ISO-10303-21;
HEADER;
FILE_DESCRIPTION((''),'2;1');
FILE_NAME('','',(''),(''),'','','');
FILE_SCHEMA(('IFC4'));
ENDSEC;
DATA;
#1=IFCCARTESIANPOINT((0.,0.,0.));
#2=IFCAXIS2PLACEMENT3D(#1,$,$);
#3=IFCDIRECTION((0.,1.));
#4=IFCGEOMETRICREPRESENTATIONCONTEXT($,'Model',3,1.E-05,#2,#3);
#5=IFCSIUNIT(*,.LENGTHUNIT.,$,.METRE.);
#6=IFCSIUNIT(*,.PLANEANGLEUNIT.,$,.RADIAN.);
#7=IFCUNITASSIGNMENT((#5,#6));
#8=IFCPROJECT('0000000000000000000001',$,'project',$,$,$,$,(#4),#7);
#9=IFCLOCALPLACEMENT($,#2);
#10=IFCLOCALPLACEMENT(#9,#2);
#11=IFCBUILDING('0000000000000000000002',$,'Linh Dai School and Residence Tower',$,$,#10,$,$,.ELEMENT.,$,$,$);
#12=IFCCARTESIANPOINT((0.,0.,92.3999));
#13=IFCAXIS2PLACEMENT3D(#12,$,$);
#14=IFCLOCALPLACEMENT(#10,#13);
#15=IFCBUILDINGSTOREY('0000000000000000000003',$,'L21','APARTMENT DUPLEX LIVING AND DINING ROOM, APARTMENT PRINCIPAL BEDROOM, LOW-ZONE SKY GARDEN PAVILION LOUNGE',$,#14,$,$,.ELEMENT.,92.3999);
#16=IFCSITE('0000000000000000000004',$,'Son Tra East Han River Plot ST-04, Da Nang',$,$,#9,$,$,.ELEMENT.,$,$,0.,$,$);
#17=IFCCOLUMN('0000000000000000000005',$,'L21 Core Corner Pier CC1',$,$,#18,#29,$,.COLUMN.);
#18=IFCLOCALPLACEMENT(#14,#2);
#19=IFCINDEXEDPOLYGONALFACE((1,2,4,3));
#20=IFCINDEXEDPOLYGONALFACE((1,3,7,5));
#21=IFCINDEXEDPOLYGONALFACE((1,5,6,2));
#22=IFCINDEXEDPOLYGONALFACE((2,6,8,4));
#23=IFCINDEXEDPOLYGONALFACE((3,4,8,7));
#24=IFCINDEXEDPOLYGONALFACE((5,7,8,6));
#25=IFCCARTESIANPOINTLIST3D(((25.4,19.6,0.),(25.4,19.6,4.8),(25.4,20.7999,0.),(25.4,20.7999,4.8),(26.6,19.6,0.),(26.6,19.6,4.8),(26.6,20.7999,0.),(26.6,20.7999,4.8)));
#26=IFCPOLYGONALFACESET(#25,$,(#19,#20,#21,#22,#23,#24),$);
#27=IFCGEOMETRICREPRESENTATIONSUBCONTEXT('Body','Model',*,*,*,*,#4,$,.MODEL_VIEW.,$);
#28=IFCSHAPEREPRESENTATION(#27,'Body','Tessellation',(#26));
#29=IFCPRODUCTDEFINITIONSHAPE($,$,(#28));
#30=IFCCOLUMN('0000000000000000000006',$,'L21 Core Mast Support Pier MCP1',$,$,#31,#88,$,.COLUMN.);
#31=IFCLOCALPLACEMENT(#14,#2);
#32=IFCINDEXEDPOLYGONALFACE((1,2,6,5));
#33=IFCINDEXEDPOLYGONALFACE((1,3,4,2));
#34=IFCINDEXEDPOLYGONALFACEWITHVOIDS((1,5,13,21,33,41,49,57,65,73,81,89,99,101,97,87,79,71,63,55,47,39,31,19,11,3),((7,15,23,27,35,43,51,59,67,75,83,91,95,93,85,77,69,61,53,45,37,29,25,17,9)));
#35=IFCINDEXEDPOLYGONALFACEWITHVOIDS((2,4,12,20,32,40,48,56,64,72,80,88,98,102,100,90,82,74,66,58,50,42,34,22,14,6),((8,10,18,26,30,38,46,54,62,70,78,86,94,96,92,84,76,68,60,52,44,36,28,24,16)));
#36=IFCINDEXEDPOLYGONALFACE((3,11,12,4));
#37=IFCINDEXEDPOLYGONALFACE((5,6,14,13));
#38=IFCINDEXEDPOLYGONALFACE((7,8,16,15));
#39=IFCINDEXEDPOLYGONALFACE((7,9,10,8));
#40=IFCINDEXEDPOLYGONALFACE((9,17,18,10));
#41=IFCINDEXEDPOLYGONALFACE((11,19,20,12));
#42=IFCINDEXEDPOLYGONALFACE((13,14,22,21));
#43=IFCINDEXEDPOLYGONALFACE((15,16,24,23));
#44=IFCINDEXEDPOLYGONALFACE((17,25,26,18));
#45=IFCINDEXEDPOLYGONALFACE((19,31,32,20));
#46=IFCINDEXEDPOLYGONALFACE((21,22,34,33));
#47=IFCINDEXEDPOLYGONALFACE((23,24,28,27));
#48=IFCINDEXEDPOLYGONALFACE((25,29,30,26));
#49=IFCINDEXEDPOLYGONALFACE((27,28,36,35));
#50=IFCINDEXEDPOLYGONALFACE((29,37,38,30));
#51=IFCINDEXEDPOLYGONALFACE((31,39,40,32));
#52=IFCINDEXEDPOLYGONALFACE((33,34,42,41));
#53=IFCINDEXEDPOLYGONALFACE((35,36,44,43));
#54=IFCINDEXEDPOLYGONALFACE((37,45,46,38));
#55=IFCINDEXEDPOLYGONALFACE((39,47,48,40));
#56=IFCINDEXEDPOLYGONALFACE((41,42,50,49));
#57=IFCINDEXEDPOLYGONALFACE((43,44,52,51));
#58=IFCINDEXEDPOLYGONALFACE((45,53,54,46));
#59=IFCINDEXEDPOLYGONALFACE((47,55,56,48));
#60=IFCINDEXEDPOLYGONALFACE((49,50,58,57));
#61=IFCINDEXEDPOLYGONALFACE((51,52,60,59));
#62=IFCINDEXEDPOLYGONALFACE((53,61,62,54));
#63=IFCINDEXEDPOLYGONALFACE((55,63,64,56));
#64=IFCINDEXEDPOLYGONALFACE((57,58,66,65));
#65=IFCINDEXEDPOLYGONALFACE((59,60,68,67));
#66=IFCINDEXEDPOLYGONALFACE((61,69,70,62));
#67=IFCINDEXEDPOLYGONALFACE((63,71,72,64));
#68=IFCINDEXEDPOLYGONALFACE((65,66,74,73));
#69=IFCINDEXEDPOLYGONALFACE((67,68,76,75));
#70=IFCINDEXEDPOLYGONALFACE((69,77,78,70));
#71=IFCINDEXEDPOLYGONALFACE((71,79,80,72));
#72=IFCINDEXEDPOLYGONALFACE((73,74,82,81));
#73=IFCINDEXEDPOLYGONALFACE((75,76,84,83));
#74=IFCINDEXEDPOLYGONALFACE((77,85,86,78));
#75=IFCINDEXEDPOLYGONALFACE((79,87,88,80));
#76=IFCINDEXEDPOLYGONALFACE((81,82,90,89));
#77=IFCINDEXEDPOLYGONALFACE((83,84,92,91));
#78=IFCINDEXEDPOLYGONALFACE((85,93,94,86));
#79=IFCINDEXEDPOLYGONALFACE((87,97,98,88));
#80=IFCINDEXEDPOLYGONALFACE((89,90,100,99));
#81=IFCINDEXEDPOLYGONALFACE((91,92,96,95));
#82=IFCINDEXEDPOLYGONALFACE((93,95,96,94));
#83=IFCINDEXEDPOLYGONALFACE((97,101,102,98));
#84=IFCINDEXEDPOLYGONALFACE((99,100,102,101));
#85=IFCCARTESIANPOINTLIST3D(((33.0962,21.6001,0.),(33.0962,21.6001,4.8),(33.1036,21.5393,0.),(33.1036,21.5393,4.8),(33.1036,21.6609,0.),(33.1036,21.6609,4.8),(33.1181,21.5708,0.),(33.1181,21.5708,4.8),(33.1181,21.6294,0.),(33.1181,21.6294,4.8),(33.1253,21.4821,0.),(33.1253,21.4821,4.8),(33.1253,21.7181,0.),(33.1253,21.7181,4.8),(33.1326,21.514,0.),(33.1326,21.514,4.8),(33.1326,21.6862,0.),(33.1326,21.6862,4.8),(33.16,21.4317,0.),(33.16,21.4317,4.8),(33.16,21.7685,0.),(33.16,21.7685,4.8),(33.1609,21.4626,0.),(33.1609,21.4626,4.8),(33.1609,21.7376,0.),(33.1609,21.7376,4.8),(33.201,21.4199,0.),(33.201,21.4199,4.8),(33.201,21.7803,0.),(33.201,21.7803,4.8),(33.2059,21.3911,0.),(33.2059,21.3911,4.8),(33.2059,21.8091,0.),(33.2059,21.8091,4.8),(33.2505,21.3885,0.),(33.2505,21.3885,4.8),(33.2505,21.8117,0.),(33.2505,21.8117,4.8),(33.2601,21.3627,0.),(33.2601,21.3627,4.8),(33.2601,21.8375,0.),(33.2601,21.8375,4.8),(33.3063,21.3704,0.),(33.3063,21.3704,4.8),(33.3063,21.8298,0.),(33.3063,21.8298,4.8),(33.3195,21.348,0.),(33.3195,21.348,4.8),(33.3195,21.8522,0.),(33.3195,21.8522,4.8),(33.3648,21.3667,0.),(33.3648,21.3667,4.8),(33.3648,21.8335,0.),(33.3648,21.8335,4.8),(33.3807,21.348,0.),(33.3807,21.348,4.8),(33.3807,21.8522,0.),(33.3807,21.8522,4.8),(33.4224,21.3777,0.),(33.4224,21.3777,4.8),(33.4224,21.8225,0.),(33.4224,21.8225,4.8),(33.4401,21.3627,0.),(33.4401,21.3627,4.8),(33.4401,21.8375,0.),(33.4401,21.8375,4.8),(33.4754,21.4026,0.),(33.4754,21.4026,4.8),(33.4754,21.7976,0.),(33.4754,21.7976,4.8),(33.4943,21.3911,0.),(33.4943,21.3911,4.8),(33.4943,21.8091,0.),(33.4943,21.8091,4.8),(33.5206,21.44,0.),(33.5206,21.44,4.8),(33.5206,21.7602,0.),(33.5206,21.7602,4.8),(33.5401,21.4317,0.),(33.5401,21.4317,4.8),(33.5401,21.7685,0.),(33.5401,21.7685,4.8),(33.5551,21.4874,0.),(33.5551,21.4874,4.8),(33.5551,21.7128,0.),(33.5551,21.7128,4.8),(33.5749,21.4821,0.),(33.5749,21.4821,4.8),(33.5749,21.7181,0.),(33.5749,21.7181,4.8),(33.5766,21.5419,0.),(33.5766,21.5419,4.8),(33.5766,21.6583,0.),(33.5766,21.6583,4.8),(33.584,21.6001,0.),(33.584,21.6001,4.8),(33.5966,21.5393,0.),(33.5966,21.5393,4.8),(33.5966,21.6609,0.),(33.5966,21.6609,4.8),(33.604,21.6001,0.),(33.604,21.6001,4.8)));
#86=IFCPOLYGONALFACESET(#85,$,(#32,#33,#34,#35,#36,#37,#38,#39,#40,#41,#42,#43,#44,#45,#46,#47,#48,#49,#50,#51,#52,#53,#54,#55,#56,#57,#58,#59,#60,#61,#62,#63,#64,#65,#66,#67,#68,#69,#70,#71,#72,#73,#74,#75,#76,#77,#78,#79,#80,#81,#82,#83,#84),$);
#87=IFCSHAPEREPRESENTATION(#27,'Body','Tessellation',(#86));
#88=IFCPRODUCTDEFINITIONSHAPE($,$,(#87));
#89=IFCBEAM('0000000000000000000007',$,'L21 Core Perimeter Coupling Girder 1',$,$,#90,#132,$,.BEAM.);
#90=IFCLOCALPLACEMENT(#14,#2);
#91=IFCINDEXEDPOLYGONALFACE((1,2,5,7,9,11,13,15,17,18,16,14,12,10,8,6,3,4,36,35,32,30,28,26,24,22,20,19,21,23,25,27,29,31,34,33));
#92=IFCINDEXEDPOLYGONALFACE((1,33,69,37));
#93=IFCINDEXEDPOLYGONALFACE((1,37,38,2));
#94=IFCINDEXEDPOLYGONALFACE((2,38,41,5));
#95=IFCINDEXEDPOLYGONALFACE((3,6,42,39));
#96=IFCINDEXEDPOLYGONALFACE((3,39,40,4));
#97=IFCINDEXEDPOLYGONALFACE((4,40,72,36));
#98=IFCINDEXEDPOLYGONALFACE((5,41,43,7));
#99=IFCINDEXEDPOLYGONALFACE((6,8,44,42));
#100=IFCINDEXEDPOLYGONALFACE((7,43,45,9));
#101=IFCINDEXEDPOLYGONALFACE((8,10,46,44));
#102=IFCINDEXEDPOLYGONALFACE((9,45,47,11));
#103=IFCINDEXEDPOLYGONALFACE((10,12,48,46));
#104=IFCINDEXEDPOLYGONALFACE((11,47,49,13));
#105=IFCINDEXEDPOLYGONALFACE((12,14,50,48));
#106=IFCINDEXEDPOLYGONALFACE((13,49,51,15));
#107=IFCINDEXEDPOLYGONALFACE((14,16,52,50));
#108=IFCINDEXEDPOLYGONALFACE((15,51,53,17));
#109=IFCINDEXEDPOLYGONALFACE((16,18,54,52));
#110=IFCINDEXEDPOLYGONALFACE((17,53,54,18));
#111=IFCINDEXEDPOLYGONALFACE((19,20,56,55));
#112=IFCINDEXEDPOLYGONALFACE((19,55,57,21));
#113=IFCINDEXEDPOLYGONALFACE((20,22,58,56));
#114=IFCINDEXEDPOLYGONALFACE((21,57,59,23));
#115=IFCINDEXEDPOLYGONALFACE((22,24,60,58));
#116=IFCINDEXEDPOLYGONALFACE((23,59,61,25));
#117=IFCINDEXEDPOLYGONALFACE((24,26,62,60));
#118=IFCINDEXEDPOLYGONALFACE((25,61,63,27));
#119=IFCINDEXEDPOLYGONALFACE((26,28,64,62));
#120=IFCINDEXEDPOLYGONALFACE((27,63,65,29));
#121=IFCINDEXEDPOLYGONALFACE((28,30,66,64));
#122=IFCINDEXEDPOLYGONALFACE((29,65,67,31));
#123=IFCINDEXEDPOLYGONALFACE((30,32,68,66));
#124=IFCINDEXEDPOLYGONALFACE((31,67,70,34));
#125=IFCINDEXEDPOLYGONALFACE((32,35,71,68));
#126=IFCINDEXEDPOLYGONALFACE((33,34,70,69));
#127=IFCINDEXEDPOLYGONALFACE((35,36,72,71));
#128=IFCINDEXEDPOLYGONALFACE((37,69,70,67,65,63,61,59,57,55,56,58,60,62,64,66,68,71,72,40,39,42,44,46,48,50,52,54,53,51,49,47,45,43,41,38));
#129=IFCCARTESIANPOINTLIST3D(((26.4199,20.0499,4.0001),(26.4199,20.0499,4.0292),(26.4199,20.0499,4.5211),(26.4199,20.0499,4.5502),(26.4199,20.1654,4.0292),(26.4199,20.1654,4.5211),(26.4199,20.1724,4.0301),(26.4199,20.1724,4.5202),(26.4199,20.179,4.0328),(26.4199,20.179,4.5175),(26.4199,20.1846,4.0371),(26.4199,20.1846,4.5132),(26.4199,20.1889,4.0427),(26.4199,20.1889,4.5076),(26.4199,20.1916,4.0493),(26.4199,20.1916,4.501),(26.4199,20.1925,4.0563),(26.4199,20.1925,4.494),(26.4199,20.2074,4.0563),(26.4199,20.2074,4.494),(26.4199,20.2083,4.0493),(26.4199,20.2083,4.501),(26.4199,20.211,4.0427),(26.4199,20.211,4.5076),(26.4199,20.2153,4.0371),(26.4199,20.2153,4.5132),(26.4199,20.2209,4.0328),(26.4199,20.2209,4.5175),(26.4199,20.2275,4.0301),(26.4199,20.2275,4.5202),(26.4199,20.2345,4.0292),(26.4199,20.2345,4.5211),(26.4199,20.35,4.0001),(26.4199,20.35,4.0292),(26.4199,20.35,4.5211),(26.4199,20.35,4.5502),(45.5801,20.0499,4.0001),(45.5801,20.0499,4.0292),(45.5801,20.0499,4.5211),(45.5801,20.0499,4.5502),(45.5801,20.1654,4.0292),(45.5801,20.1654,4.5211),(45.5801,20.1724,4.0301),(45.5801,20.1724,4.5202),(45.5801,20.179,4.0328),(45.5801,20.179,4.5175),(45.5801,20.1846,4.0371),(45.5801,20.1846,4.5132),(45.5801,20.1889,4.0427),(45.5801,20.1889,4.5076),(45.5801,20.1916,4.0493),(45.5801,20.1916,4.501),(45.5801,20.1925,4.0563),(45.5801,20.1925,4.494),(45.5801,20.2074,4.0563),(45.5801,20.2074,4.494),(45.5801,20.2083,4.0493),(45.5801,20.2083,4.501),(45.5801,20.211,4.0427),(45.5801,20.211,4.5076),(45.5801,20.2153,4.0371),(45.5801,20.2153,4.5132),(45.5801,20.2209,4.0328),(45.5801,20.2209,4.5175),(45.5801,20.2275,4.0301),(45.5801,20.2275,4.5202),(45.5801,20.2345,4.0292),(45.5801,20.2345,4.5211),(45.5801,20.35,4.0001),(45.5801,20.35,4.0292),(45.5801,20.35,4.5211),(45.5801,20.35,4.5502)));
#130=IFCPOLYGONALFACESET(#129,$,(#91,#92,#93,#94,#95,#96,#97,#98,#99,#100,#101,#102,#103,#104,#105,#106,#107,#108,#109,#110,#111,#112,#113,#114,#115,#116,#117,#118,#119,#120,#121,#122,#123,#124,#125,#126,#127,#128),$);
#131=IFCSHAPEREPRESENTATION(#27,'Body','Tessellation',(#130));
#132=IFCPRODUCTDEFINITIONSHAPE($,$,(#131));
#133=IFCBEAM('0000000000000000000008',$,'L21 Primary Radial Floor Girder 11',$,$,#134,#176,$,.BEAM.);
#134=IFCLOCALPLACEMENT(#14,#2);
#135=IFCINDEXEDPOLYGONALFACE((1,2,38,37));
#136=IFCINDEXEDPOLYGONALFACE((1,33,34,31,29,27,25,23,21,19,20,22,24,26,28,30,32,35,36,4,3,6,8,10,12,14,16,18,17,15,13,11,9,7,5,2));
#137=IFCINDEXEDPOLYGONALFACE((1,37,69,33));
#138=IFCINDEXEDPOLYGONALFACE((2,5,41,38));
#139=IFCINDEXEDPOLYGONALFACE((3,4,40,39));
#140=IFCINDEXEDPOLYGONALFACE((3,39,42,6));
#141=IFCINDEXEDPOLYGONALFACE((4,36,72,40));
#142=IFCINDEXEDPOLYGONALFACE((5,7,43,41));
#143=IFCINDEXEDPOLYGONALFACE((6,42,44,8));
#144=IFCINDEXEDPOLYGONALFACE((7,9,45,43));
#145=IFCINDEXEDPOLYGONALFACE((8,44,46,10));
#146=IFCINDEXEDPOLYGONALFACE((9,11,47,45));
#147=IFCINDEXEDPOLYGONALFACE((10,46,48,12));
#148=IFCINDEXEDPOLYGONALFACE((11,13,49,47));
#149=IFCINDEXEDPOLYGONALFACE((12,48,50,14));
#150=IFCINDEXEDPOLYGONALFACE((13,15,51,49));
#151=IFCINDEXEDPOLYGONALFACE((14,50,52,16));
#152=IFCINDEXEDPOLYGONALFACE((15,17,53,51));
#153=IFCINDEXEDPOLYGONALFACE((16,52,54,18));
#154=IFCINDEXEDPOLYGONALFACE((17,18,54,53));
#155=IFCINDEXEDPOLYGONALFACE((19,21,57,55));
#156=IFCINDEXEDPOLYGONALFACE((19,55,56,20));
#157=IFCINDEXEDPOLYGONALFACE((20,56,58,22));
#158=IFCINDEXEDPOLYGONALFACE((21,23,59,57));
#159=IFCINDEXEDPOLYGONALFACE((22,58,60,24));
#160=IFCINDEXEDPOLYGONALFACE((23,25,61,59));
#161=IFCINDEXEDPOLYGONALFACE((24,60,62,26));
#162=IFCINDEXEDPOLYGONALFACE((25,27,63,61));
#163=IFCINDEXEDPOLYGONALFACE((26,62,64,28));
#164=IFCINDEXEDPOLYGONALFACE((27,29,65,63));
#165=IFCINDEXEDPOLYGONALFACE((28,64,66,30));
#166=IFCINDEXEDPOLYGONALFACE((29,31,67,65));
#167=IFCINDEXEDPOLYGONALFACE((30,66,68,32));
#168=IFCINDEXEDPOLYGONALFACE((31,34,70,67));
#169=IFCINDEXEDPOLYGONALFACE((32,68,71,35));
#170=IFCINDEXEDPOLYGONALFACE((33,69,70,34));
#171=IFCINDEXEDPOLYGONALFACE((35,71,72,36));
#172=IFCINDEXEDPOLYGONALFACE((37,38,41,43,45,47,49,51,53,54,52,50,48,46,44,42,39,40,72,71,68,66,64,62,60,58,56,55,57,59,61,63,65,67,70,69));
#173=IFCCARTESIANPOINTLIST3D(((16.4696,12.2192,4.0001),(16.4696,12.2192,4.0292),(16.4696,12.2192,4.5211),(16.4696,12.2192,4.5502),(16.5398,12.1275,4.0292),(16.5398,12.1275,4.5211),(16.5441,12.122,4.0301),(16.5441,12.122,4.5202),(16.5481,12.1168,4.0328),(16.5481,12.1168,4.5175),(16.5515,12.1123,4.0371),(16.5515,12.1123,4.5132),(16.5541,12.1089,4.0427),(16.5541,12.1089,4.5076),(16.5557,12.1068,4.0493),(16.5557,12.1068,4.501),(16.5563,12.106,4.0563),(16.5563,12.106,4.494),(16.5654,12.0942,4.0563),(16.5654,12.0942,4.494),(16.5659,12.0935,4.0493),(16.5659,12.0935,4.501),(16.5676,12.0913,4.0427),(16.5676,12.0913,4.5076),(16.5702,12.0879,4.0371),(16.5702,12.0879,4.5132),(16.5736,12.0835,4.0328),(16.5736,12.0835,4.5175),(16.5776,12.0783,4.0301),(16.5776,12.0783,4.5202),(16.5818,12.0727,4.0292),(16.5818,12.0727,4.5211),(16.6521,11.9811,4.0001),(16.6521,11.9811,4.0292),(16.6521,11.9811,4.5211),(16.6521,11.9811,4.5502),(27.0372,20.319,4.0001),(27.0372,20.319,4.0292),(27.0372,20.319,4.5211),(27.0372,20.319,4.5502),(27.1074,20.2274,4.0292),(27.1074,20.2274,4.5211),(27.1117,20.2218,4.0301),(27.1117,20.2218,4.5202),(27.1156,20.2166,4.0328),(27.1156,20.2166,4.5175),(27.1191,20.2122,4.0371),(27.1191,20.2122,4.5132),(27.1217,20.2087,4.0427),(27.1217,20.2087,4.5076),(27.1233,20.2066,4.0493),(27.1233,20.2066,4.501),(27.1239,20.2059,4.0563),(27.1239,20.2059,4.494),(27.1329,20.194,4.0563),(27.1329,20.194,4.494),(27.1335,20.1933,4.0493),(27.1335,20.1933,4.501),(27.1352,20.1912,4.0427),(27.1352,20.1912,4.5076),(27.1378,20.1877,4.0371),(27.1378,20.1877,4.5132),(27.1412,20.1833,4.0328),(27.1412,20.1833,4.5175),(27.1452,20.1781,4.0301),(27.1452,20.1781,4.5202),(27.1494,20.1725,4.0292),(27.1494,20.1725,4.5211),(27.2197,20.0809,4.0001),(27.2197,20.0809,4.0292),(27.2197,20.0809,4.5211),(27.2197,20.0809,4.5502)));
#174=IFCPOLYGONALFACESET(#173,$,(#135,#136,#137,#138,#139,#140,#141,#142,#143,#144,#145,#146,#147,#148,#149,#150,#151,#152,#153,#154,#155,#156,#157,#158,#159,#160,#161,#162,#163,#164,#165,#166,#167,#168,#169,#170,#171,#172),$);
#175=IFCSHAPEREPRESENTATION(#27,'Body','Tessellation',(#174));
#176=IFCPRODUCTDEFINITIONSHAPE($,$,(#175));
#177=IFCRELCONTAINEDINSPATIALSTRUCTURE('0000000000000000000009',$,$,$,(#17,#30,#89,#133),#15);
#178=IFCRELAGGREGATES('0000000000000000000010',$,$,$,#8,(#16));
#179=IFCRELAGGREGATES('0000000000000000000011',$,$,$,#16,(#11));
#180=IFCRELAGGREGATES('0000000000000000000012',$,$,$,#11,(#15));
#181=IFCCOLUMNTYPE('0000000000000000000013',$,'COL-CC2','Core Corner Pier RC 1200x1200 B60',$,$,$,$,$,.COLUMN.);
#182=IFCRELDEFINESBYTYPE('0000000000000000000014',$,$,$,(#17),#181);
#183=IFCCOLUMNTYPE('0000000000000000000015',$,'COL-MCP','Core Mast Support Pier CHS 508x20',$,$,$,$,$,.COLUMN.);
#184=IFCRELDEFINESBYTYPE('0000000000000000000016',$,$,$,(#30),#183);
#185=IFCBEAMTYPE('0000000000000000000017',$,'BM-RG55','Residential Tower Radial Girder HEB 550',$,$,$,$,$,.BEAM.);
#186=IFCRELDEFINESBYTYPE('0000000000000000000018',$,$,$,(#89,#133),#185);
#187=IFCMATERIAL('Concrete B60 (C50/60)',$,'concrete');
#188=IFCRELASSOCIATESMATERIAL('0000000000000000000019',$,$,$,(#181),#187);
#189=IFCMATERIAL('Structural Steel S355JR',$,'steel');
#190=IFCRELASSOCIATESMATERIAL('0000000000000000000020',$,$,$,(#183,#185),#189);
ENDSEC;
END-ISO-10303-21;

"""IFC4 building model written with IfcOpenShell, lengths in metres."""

from ifc_helpers import new_model, si_unit, direction, frame, origin, origin_2d, place, context, subcontext, project, spatial, rectangle, hollow_circle, i_section, extrude, material, material_profile, profile_set, type_object, element, save


model = new_model("IFC4")

# Units and contexts
model_context = context("Model", 3, precision=1e-05, world=origin(), true_north=direction((0.0, 1.0)))
body_context = subcontext(model_context, "Body", "Model", "MODEL_VIEW")
ifc_project = project(units=[si_unit("LENGTHUNIT", "METRE"), si_unit("PLANEANGLEUNIT", "RADIAN")], contexts=[model_context])

# Site, building, storey
site_placement = place(None, origin())
site = spatial("IfcSite", under=ifc_project, at=site_placement, Name="Son Tra East Han River Plot ST-04, Da Nang", CompositionType="ELEMENT", RefElevation=0.0)
building_placement = place(site_placement, origin())
building = spatial("IfcBuilding", under=site, at=building_placement, Name="Linh Dai School and Residence Tower", CompositionType="ELEMENT")
storey_placement = place(building_placement, frame((0.0, 0.0, 92.3999)))
storey = spatial("IfcBuildingStorey", under=building, at=storey_placement, Name="L21", Description="APARTMENT DUPLEX LIVING AND DINING ROOM, APARTMENT PRINCIPAL BEDROOM, LOW-ZONE SKY GARDEN PAVILION LOUNGE", CompositionType="ELEMENT", Elevation=92.3999)

# Columns
ifc_material_1 = material(Name="Concrete B60 (C50/60)", Category="concrete")
ifc_material_profile_1 = material_profile(ifc_material_1, rectangle(XDim=1.2, YDim=1.2, at=origin_2d()), Name="RC 1200x1200")
ifc_profile_set_1 = profile_set([ifc_material_profile_1], Name="Concrete B60 (C50/60)")
column_type_1 = type_object("IfcColumnType", Name="COL-CC2", Description="Core Corner Pier RC 1200x1200 B60", PredefinedType="COLUMN", material=ifc_profile_set_1)
column_1_placement = place(storey_placement, frame((26.0, 20.2, 0.0), z_axis=(0.0, 0.0, 1.0), x_axis=(1.0, 0.0, 0.0)))
element("IfcColumn", 1, at=column_1_placement, inside=storey, type_object=column_type_1, Name="L21 Core Corner Pier CC1", PredefinedType="COLUMN", context=body_context, shape_type="SweptSolid", body=[
    extrude(rectangle(XDim=1.2, YDim=1.2, at=origin_2d()), origin(), (0.0, 0.0, 1.0), 4.8),
])
ifc_material_2 = material(Name="Structural Steel S355JR", Category="steel")
ifc_material_profile_2 = material_profile(ifc_material_2, hollow_circle(Radius=0.2539, WallThickness=0.02, at=origin_2d()), Name="CHS 508x20")
ifc_profile_set_2 = profile_set([ifc_material_profile_2], Name="Structural Steel S355JR")
column_type_2 = type_object("IfcColumnType", Name="COL-MCP", Description="Core Mast Support Pier CHS 508x20", PredefinedType="COLUMN", material=ifc_profile_set_2)
column_2_placement = place(storey_placement, frame((33.3501, 21.6001, 0.0), z_axis=(0.0, 0.0, 1.0), x_axis=(1.0, 0.0, 0.0)))
element("IfcColumn", 2, at=column_2_placement, inside=storey, type_object=column_type_2, Name="L21 Core Mast Support Pier MCP1", PredefinedType="COLUMN", context=body_context, shape_type="SweptSolid", body=[
    extrude(hollow_circle(Radius=0.2539, WallThickness=0.02, at=origin_2d()), origin(), (0.0, 0.0, 1.0), 4.8),
])

# Beams
ifc_material_profile_3 = material_profile(ifc_material_2, i_section(OverallWidth=0.3, OverallDepth=0.55, WebThickness=0.0149, FlangeThickness=0.0291, FilletRadius=0.0271, at=origin_2d()), Name="HEB 550")
ifc_profile_set_3 = profile_set([ifc_material_profile_3], Name="Structural Steel S355JR")
beam_type_1 = type_object("IfcBeamType", Name="BM-RG55", Description="Residential Tower Radial Girder HEB 550", PredefinedType="BEAM", material=ifc_profile_set_3)
beam_1_placement = place(storey_placement, frame((26.4199, 20.2, 4.2751), z_axis=(1.0, 0.0, 0.0), x_axis=(0.0, 1.0, 0.0)))
element("IfcBeam", 3, at=beam_1_placement, inside=storey, type_object=beam_type_1, Name="L21 Core Perimeter Coupling Girder 1", PredefinedType="BEAM", context=body_context, shape_type="SweptSolid", body=[
    extrude(i_section(OverallWidth=0.3, OverallDepth=0.55, WebThickness=0.0149, FlangeThickness=0.0291, FilletRadius=0.0271, at=origin_2d()), origin(), (0.0, 0.0, 1.0), 19.1602),
])
beam_2_placement = place(storey_placement, frame((27.1284, 20.2, 4.2751), z_axis=(-0.793679, -0.608337, 0.0), x_axis=(0.608337, -0.793679, 0.0)))
element("IfcBeam", 4, at=beam_2_placement, inside=storey, type_object=beam_type_1, Name="L21 Primary Radial Floor Girder 11", PredefinedType="BEAM", context=body_context, shape_type="SweptSolid", body=[
    extrude(i_section(OverallWidth=0.3, OverallDepth=0.55, WebThickness=0.0149, FlangeThickness=0.0291, FilletRadius=0.0271, at=origin_2d()), origin(), (0.0, 0.0, 1.0), 13.3147),
])

save(model, "model.ifc")
